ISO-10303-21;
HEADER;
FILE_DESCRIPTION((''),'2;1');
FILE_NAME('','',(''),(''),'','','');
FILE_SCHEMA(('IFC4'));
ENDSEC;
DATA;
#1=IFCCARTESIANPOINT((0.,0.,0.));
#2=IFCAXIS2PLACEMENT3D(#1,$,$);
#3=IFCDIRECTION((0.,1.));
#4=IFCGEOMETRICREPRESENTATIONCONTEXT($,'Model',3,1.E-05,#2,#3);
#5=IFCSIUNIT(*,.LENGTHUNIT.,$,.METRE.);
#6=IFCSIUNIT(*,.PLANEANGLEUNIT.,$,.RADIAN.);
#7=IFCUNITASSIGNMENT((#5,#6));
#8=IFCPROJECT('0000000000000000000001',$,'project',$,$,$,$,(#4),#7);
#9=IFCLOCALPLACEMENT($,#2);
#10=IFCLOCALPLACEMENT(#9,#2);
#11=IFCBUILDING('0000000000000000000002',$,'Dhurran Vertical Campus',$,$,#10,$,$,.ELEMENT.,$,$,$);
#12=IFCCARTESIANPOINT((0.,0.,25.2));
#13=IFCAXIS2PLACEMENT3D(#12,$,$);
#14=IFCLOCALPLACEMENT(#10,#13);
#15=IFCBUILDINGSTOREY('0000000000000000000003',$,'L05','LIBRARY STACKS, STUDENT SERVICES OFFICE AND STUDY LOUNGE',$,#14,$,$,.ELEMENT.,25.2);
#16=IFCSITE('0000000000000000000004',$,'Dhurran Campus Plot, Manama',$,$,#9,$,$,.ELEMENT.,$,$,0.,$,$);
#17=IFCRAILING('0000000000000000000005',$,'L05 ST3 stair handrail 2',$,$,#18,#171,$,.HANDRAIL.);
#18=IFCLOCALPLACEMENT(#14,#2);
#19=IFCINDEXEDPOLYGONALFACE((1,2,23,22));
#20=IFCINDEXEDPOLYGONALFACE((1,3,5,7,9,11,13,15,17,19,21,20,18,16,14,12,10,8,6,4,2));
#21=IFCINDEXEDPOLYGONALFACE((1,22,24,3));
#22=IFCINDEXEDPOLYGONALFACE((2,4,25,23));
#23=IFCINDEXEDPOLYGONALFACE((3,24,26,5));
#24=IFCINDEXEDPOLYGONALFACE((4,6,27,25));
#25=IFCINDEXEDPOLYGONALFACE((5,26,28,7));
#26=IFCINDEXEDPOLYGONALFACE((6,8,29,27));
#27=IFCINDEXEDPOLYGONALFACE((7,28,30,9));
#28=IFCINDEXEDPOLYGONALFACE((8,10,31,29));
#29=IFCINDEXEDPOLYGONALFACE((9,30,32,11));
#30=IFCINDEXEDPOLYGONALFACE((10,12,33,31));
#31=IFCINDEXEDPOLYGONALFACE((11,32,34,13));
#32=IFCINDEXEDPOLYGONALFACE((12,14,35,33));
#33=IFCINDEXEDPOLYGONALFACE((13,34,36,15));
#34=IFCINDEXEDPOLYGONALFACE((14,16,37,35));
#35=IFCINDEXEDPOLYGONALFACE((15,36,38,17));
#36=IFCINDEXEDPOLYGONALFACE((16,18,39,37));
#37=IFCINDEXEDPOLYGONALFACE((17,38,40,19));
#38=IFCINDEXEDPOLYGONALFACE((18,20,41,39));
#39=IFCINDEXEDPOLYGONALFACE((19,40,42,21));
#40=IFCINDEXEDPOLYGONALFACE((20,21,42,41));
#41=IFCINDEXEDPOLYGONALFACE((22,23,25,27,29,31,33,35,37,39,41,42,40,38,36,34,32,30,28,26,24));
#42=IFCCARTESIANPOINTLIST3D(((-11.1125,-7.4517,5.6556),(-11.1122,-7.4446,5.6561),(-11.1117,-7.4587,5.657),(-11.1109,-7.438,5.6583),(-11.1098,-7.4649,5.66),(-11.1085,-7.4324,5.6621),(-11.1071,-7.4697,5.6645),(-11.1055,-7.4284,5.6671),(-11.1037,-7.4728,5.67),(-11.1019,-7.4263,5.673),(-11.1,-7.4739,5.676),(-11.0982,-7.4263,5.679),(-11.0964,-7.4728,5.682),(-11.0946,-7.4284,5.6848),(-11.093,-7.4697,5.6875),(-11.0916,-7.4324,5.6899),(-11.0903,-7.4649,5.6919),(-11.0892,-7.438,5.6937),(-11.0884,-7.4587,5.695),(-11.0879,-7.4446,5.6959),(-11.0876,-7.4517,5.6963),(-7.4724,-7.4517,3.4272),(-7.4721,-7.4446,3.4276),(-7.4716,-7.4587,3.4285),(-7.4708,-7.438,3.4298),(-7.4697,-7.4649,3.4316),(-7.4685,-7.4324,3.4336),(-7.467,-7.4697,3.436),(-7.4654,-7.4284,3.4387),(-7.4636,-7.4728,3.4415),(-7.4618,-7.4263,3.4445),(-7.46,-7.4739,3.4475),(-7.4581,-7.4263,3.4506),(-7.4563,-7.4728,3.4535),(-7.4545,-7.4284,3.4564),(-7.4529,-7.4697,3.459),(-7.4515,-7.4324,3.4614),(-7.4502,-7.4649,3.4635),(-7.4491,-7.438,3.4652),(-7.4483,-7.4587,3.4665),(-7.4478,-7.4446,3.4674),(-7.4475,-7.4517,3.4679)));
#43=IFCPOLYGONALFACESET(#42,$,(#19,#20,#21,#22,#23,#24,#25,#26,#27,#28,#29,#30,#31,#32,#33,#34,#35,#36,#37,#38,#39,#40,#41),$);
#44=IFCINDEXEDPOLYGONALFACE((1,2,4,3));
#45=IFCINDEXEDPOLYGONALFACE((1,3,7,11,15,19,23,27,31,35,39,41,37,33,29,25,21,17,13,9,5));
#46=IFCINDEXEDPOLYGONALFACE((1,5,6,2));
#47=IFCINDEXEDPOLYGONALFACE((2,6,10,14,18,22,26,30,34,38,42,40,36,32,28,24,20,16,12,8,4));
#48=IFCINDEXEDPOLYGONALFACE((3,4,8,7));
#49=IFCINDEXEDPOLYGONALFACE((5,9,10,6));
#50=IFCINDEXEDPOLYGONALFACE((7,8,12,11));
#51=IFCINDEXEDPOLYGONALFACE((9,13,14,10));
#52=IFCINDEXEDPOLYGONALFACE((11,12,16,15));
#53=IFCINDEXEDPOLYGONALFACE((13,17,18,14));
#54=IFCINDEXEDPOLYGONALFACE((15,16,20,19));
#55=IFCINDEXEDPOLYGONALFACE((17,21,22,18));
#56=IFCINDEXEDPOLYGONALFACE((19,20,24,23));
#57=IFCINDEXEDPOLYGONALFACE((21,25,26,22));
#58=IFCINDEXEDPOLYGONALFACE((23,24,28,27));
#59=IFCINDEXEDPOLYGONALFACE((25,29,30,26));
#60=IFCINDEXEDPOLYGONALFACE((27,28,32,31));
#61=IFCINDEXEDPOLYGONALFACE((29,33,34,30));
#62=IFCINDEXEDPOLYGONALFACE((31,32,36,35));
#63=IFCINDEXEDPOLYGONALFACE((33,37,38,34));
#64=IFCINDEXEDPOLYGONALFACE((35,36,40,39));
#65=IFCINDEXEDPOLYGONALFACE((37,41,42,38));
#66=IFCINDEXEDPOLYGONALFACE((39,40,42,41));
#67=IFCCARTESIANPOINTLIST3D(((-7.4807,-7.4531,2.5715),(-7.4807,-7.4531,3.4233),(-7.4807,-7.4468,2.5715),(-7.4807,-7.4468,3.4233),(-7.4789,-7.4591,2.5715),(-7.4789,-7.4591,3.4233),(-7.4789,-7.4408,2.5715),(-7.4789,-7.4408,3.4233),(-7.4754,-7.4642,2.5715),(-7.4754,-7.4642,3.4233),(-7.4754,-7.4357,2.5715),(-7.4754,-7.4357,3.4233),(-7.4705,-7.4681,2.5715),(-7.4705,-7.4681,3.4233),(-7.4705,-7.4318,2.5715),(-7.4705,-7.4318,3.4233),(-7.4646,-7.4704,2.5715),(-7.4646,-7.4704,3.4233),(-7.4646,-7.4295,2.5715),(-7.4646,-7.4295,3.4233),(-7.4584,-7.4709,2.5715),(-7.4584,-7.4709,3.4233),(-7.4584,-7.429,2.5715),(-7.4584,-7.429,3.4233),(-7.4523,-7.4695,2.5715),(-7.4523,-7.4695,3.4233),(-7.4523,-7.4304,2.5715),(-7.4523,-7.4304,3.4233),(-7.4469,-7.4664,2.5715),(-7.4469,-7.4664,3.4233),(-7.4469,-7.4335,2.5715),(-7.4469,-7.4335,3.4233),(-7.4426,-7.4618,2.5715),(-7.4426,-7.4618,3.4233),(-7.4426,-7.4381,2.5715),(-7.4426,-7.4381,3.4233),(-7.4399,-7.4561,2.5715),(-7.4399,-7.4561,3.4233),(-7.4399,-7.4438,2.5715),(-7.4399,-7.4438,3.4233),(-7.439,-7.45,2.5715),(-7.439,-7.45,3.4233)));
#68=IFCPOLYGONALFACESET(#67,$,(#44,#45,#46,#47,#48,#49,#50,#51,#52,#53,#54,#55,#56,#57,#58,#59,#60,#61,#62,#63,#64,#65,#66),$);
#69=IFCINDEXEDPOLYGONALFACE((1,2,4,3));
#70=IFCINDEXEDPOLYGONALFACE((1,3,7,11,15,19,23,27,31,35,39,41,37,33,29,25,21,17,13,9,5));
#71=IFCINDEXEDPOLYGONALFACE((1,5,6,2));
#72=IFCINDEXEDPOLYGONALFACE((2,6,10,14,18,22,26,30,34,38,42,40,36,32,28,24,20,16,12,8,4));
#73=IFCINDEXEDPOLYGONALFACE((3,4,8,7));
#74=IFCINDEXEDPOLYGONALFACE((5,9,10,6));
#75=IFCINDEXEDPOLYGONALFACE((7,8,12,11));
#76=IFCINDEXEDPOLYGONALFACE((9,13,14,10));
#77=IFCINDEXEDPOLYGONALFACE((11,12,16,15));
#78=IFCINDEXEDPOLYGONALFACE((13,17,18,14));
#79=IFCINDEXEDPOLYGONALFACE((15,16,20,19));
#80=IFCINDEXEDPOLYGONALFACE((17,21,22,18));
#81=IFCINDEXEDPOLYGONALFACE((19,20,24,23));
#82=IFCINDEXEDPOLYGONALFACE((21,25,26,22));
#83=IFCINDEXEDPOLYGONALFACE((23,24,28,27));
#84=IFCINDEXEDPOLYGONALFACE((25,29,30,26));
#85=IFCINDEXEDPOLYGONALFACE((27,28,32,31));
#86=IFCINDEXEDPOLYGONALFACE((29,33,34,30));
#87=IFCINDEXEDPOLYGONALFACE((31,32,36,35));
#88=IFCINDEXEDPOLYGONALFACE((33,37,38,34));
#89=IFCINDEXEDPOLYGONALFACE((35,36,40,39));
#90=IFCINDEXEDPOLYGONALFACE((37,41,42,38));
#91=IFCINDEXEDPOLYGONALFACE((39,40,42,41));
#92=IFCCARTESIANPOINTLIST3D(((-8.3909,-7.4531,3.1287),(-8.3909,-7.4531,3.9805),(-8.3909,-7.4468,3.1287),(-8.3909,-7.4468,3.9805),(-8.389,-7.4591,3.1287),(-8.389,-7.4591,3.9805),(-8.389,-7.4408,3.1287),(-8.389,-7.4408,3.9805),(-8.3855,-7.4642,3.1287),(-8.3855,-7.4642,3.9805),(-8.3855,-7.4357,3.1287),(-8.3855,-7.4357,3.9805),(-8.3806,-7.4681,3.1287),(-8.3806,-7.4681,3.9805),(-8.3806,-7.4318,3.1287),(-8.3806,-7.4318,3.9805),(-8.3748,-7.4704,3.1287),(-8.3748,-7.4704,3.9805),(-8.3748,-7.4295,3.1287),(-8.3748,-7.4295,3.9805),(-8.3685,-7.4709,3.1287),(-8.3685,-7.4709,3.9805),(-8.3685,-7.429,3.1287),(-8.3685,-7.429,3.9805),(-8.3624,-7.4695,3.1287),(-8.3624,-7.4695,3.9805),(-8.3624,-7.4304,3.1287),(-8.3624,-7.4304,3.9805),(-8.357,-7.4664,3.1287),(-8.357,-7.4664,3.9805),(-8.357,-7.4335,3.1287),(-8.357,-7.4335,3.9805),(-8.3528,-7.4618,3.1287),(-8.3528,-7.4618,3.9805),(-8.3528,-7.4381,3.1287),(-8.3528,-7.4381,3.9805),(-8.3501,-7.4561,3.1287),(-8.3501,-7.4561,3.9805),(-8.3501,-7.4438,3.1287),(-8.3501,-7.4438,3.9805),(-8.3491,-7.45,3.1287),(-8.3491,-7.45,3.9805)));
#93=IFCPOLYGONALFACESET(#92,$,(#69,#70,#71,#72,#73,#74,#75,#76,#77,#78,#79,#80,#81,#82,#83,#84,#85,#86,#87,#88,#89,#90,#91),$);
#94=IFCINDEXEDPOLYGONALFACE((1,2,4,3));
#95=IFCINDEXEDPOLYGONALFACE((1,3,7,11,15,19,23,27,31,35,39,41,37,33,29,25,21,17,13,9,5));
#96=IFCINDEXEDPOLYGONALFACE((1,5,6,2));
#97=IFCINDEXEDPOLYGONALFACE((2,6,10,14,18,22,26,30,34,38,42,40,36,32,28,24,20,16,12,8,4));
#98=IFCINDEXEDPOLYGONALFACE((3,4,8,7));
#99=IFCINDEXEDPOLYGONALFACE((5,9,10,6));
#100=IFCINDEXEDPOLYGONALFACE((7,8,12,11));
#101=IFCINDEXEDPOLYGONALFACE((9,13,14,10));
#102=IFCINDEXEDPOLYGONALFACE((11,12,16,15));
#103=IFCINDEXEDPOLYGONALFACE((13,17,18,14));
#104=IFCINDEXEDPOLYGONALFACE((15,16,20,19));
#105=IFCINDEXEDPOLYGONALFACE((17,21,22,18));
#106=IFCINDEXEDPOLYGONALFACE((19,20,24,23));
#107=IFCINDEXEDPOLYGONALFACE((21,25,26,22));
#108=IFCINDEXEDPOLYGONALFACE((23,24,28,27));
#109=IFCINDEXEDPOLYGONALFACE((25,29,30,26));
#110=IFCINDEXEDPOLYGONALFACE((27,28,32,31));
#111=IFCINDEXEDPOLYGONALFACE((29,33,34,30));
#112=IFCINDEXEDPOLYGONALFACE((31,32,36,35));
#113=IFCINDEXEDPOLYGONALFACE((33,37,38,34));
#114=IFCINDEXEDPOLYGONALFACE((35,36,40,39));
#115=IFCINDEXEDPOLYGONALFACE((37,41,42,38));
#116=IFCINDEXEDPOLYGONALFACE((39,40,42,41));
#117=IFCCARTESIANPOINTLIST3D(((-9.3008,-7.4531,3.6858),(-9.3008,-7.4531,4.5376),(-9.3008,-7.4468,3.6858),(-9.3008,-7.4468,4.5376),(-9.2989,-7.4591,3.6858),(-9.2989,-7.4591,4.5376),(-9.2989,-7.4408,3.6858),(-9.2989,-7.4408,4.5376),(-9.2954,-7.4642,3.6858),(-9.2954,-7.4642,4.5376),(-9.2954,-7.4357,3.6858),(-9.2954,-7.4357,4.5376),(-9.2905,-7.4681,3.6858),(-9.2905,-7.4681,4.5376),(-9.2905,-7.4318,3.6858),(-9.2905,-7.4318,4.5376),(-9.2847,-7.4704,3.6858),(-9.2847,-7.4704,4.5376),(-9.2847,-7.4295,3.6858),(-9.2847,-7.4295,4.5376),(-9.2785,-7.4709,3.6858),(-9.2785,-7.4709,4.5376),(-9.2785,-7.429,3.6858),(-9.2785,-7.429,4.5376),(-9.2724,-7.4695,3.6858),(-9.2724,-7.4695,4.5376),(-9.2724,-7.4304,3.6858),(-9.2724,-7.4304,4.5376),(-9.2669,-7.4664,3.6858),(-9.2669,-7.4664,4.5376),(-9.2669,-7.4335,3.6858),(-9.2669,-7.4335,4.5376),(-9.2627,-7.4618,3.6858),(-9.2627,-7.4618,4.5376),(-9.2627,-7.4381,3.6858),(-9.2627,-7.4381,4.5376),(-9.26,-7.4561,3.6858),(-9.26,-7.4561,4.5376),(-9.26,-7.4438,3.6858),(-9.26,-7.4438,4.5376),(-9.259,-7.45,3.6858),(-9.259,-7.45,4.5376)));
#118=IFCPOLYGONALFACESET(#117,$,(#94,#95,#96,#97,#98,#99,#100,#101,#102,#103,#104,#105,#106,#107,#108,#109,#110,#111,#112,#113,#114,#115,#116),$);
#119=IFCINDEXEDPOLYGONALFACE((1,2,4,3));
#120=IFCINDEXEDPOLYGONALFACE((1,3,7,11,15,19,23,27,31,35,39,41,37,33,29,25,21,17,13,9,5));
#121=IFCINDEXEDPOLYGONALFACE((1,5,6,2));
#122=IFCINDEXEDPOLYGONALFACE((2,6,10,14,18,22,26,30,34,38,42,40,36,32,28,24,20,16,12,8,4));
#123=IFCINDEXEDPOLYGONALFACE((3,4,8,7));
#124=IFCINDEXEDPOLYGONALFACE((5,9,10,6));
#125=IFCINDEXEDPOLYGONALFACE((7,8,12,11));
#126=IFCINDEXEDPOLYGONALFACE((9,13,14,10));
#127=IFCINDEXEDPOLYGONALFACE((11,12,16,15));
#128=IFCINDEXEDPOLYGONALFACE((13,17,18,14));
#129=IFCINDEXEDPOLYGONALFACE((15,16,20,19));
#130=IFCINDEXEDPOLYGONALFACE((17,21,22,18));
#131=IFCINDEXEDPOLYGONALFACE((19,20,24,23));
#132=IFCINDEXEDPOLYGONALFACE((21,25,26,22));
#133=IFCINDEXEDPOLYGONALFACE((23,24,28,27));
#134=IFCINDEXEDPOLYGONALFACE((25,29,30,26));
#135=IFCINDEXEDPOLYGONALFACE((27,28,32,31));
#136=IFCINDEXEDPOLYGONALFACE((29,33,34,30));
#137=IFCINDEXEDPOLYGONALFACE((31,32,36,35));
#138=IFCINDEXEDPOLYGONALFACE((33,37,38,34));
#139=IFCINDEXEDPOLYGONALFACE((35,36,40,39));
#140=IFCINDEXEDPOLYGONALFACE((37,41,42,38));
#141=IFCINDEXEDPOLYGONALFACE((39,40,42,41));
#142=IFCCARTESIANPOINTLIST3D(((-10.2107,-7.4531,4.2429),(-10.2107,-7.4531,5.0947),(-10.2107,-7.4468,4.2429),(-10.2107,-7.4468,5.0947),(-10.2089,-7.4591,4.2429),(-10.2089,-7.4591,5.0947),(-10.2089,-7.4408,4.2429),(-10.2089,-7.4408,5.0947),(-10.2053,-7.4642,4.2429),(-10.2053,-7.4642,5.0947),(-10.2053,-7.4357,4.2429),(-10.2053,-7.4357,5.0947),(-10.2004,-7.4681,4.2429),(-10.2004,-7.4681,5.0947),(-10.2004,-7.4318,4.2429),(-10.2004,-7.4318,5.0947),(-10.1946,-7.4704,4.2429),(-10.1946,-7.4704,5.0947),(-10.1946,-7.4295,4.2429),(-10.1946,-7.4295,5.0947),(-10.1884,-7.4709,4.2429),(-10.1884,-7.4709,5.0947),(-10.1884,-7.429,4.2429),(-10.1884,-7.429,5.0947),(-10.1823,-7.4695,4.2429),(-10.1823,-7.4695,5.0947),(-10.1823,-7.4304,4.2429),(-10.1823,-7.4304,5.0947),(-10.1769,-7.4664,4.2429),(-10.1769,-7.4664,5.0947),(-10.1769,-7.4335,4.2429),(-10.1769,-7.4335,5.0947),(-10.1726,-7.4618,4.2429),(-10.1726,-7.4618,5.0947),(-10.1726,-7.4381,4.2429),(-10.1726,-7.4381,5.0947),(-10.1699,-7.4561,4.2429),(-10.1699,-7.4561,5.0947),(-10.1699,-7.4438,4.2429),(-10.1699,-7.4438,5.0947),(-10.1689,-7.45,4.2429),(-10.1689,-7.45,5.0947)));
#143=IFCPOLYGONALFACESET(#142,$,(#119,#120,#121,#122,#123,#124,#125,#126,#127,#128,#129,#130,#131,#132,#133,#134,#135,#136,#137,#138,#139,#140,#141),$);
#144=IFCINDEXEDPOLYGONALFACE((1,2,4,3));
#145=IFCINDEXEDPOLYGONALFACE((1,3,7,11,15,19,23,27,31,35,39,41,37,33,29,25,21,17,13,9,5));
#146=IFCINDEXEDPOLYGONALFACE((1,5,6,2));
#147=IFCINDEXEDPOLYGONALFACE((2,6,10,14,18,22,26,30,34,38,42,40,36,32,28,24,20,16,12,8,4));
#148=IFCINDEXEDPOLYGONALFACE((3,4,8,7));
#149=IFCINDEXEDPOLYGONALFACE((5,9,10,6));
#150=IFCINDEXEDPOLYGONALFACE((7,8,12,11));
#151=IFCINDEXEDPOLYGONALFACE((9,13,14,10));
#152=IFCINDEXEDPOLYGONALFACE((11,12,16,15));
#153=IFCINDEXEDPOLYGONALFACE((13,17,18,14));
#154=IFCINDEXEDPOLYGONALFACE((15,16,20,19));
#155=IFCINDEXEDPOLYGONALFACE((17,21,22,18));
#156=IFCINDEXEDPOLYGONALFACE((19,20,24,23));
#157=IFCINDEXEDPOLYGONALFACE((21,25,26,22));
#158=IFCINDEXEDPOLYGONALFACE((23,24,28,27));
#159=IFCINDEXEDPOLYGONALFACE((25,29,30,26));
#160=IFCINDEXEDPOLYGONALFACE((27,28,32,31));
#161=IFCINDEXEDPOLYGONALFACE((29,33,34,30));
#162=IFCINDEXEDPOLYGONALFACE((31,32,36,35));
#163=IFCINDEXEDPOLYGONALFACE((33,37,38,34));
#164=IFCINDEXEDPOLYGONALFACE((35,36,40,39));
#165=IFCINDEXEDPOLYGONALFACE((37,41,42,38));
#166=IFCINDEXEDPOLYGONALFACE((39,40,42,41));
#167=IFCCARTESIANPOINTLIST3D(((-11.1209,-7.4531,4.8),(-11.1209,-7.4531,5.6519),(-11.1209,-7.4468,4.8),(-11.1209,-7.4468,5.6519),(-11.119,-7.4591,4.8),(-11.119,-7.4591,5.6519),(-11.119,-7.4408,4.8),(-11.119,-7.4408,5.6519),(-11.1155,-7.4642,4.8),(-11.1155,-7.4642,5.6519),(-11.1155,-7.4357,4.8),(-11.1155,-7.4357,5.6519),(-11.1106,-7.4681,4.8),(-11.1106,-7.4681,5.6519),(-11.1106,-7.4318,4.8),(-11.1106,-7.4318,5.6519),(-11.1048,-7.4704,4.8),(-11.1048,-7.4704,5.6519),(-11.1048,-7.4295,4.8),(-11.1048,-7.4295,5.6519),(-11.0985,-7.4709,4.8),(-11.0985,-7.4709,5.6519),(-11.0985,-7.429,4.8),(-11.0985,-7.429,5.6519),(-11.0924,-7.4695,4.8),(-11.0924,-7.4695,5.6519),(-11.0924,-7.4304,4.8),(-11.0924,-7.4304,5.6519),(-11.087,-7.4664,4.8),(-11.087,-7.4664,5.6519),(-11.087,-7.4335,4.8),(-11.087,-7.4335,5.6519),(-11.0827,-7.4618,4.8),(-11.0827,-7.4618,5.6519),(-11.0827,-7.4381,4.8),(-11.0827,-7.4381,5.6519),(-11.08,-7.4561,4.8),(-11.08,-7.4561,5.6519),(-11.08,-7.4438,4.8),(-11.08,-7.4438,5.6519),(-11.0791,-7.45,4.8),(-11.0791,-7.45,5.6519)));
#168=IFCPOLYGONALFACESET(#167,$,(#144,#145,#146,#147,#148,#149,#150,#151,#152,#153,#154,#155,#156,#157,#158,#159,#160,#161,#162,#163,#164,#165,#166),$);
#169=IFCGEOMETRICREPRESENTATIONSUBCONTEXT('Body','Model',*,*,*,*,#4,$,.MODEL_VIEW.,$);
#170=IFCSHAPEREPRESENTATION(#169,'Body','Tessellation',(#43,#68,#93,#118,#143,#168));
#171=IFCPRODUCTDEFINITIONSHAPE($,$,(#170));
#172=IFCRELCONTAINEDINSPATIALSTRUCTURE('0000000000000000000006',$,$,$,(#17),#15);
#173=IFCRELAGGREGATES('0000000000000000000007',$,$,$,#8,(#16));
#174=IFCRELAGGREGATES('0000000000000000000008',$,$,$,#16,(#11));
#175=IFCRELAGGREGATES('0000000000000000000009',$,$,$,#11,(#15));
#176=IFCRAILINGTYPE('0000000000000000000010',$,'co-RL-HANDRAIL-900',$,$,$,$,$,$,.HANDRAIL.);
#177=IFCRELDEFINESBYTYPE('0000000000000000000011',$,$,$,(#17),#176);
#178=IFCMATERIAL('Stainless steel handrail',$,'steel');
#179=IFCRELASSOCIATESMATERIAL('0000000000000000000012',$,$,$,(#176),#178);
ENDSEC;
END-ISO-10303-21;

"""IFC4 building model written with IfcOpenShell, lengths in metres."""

from ifc_helpers import new_model, si_unit, direction, frame, origin, origin_2d, place, context, subcontext, project, spatial, circle, extrude, material, type_object, element, save


model = new_model("IFC4")

# Units and contexts
model_context = context("Model", 3, precision=1e-05, world=origin(), true_north=direction((0.0, 1.0)))
body_context = subcontext(model_context, "Body", "Model", "MODEL_VIEW")
ifc_project = project(units=[si_unit("LENGTHUNIT", "METRE"), si_unit("PLANEANGLEUNIT", "RADIAN")], contexts=[model_context])

# Site, building, storey
site_placement = place(None, origin())
site = spatial("IfcSite", under=ifc_project, at=site_placement, Name="Dhurran Campus Plot, Manama", CompositionType="ELEMENT", RefElevation=0.0)
building_placement = place(site_placement, origin())
building = spatial("IfcBuilding", under=site, at=building_placement, Name="Dhurran Vertical Campus", CompositionType="ELEMENT")
storey_placement = place(building_placement, frame((0.0, 0.0, 25.2)))
storey = spatial("IfcBuildingStorey", under=building, at=storey_placement, Name="L05", Description="LIBRARY STACKS, STUDENT SERVICES OFFICE AND STUDY LOUNGE", CompositionType="ELEMENT", Elevation=25.2)

# Railing
ifc_material_1 = material(Name="Stainless steel handrail", Category="steel")
railing_type_1 = type_object("IfcRailingType", Name="co-RL-HANDRAIL-900", PredefinedType="HANDRAIL", material=ifc_material_1)
railing_1_placement = place(storey_placement, frame((-7.46, -7.45, 2.5715)))
element("IfcRailing", 1, at=railing_1_placement, inside=storey, type_object=railing_type_1, Name="L05 ST3 stair handrail 2", PredefinedType="HANDRAIL", context=body_context, shape_type="SweptSolid", body=[
    extrude(circle(Radius=0.0239, at=origin_2d()), frame((0.0, 0.0, 0.876), z_axis=(-0.852866, 0.0, 0.52213), x_axis=(0.0, -1.0, 0.0)), (0.0, 0.0, 1.0), 4.2681),
    extrude(circle(Radius=0.021, at=origin_2d()), origin(), (0.0, 0.0, 1.0), 0.8518),
    extrude(circle(Radius=0.021, at=origin_2d()), frame((-0.9102, 0.0, 0.5571)), (0.0, 0.0, 1.0), 0.8518),
    extrude(circle(Radius=0.021, at=origin_2d()), frame((-1.8201, 0.0, 1.1143)), (0.0, 0.0, 1.0), 0.8518),
    extrude(circle(Radius=0.021, at=origin_2d()), frame((-2.73, 0.0, 1.6714)), (0.0, 0.0, 1.0), 0.8518),
    extrude(circle(Radius=0.021, at=origin_2d()), frame((-3.6401, 0.0, 2.2285)), (0.0, 0.0, 1.0), 0.8518),
])

save(model, "model.ifc")
